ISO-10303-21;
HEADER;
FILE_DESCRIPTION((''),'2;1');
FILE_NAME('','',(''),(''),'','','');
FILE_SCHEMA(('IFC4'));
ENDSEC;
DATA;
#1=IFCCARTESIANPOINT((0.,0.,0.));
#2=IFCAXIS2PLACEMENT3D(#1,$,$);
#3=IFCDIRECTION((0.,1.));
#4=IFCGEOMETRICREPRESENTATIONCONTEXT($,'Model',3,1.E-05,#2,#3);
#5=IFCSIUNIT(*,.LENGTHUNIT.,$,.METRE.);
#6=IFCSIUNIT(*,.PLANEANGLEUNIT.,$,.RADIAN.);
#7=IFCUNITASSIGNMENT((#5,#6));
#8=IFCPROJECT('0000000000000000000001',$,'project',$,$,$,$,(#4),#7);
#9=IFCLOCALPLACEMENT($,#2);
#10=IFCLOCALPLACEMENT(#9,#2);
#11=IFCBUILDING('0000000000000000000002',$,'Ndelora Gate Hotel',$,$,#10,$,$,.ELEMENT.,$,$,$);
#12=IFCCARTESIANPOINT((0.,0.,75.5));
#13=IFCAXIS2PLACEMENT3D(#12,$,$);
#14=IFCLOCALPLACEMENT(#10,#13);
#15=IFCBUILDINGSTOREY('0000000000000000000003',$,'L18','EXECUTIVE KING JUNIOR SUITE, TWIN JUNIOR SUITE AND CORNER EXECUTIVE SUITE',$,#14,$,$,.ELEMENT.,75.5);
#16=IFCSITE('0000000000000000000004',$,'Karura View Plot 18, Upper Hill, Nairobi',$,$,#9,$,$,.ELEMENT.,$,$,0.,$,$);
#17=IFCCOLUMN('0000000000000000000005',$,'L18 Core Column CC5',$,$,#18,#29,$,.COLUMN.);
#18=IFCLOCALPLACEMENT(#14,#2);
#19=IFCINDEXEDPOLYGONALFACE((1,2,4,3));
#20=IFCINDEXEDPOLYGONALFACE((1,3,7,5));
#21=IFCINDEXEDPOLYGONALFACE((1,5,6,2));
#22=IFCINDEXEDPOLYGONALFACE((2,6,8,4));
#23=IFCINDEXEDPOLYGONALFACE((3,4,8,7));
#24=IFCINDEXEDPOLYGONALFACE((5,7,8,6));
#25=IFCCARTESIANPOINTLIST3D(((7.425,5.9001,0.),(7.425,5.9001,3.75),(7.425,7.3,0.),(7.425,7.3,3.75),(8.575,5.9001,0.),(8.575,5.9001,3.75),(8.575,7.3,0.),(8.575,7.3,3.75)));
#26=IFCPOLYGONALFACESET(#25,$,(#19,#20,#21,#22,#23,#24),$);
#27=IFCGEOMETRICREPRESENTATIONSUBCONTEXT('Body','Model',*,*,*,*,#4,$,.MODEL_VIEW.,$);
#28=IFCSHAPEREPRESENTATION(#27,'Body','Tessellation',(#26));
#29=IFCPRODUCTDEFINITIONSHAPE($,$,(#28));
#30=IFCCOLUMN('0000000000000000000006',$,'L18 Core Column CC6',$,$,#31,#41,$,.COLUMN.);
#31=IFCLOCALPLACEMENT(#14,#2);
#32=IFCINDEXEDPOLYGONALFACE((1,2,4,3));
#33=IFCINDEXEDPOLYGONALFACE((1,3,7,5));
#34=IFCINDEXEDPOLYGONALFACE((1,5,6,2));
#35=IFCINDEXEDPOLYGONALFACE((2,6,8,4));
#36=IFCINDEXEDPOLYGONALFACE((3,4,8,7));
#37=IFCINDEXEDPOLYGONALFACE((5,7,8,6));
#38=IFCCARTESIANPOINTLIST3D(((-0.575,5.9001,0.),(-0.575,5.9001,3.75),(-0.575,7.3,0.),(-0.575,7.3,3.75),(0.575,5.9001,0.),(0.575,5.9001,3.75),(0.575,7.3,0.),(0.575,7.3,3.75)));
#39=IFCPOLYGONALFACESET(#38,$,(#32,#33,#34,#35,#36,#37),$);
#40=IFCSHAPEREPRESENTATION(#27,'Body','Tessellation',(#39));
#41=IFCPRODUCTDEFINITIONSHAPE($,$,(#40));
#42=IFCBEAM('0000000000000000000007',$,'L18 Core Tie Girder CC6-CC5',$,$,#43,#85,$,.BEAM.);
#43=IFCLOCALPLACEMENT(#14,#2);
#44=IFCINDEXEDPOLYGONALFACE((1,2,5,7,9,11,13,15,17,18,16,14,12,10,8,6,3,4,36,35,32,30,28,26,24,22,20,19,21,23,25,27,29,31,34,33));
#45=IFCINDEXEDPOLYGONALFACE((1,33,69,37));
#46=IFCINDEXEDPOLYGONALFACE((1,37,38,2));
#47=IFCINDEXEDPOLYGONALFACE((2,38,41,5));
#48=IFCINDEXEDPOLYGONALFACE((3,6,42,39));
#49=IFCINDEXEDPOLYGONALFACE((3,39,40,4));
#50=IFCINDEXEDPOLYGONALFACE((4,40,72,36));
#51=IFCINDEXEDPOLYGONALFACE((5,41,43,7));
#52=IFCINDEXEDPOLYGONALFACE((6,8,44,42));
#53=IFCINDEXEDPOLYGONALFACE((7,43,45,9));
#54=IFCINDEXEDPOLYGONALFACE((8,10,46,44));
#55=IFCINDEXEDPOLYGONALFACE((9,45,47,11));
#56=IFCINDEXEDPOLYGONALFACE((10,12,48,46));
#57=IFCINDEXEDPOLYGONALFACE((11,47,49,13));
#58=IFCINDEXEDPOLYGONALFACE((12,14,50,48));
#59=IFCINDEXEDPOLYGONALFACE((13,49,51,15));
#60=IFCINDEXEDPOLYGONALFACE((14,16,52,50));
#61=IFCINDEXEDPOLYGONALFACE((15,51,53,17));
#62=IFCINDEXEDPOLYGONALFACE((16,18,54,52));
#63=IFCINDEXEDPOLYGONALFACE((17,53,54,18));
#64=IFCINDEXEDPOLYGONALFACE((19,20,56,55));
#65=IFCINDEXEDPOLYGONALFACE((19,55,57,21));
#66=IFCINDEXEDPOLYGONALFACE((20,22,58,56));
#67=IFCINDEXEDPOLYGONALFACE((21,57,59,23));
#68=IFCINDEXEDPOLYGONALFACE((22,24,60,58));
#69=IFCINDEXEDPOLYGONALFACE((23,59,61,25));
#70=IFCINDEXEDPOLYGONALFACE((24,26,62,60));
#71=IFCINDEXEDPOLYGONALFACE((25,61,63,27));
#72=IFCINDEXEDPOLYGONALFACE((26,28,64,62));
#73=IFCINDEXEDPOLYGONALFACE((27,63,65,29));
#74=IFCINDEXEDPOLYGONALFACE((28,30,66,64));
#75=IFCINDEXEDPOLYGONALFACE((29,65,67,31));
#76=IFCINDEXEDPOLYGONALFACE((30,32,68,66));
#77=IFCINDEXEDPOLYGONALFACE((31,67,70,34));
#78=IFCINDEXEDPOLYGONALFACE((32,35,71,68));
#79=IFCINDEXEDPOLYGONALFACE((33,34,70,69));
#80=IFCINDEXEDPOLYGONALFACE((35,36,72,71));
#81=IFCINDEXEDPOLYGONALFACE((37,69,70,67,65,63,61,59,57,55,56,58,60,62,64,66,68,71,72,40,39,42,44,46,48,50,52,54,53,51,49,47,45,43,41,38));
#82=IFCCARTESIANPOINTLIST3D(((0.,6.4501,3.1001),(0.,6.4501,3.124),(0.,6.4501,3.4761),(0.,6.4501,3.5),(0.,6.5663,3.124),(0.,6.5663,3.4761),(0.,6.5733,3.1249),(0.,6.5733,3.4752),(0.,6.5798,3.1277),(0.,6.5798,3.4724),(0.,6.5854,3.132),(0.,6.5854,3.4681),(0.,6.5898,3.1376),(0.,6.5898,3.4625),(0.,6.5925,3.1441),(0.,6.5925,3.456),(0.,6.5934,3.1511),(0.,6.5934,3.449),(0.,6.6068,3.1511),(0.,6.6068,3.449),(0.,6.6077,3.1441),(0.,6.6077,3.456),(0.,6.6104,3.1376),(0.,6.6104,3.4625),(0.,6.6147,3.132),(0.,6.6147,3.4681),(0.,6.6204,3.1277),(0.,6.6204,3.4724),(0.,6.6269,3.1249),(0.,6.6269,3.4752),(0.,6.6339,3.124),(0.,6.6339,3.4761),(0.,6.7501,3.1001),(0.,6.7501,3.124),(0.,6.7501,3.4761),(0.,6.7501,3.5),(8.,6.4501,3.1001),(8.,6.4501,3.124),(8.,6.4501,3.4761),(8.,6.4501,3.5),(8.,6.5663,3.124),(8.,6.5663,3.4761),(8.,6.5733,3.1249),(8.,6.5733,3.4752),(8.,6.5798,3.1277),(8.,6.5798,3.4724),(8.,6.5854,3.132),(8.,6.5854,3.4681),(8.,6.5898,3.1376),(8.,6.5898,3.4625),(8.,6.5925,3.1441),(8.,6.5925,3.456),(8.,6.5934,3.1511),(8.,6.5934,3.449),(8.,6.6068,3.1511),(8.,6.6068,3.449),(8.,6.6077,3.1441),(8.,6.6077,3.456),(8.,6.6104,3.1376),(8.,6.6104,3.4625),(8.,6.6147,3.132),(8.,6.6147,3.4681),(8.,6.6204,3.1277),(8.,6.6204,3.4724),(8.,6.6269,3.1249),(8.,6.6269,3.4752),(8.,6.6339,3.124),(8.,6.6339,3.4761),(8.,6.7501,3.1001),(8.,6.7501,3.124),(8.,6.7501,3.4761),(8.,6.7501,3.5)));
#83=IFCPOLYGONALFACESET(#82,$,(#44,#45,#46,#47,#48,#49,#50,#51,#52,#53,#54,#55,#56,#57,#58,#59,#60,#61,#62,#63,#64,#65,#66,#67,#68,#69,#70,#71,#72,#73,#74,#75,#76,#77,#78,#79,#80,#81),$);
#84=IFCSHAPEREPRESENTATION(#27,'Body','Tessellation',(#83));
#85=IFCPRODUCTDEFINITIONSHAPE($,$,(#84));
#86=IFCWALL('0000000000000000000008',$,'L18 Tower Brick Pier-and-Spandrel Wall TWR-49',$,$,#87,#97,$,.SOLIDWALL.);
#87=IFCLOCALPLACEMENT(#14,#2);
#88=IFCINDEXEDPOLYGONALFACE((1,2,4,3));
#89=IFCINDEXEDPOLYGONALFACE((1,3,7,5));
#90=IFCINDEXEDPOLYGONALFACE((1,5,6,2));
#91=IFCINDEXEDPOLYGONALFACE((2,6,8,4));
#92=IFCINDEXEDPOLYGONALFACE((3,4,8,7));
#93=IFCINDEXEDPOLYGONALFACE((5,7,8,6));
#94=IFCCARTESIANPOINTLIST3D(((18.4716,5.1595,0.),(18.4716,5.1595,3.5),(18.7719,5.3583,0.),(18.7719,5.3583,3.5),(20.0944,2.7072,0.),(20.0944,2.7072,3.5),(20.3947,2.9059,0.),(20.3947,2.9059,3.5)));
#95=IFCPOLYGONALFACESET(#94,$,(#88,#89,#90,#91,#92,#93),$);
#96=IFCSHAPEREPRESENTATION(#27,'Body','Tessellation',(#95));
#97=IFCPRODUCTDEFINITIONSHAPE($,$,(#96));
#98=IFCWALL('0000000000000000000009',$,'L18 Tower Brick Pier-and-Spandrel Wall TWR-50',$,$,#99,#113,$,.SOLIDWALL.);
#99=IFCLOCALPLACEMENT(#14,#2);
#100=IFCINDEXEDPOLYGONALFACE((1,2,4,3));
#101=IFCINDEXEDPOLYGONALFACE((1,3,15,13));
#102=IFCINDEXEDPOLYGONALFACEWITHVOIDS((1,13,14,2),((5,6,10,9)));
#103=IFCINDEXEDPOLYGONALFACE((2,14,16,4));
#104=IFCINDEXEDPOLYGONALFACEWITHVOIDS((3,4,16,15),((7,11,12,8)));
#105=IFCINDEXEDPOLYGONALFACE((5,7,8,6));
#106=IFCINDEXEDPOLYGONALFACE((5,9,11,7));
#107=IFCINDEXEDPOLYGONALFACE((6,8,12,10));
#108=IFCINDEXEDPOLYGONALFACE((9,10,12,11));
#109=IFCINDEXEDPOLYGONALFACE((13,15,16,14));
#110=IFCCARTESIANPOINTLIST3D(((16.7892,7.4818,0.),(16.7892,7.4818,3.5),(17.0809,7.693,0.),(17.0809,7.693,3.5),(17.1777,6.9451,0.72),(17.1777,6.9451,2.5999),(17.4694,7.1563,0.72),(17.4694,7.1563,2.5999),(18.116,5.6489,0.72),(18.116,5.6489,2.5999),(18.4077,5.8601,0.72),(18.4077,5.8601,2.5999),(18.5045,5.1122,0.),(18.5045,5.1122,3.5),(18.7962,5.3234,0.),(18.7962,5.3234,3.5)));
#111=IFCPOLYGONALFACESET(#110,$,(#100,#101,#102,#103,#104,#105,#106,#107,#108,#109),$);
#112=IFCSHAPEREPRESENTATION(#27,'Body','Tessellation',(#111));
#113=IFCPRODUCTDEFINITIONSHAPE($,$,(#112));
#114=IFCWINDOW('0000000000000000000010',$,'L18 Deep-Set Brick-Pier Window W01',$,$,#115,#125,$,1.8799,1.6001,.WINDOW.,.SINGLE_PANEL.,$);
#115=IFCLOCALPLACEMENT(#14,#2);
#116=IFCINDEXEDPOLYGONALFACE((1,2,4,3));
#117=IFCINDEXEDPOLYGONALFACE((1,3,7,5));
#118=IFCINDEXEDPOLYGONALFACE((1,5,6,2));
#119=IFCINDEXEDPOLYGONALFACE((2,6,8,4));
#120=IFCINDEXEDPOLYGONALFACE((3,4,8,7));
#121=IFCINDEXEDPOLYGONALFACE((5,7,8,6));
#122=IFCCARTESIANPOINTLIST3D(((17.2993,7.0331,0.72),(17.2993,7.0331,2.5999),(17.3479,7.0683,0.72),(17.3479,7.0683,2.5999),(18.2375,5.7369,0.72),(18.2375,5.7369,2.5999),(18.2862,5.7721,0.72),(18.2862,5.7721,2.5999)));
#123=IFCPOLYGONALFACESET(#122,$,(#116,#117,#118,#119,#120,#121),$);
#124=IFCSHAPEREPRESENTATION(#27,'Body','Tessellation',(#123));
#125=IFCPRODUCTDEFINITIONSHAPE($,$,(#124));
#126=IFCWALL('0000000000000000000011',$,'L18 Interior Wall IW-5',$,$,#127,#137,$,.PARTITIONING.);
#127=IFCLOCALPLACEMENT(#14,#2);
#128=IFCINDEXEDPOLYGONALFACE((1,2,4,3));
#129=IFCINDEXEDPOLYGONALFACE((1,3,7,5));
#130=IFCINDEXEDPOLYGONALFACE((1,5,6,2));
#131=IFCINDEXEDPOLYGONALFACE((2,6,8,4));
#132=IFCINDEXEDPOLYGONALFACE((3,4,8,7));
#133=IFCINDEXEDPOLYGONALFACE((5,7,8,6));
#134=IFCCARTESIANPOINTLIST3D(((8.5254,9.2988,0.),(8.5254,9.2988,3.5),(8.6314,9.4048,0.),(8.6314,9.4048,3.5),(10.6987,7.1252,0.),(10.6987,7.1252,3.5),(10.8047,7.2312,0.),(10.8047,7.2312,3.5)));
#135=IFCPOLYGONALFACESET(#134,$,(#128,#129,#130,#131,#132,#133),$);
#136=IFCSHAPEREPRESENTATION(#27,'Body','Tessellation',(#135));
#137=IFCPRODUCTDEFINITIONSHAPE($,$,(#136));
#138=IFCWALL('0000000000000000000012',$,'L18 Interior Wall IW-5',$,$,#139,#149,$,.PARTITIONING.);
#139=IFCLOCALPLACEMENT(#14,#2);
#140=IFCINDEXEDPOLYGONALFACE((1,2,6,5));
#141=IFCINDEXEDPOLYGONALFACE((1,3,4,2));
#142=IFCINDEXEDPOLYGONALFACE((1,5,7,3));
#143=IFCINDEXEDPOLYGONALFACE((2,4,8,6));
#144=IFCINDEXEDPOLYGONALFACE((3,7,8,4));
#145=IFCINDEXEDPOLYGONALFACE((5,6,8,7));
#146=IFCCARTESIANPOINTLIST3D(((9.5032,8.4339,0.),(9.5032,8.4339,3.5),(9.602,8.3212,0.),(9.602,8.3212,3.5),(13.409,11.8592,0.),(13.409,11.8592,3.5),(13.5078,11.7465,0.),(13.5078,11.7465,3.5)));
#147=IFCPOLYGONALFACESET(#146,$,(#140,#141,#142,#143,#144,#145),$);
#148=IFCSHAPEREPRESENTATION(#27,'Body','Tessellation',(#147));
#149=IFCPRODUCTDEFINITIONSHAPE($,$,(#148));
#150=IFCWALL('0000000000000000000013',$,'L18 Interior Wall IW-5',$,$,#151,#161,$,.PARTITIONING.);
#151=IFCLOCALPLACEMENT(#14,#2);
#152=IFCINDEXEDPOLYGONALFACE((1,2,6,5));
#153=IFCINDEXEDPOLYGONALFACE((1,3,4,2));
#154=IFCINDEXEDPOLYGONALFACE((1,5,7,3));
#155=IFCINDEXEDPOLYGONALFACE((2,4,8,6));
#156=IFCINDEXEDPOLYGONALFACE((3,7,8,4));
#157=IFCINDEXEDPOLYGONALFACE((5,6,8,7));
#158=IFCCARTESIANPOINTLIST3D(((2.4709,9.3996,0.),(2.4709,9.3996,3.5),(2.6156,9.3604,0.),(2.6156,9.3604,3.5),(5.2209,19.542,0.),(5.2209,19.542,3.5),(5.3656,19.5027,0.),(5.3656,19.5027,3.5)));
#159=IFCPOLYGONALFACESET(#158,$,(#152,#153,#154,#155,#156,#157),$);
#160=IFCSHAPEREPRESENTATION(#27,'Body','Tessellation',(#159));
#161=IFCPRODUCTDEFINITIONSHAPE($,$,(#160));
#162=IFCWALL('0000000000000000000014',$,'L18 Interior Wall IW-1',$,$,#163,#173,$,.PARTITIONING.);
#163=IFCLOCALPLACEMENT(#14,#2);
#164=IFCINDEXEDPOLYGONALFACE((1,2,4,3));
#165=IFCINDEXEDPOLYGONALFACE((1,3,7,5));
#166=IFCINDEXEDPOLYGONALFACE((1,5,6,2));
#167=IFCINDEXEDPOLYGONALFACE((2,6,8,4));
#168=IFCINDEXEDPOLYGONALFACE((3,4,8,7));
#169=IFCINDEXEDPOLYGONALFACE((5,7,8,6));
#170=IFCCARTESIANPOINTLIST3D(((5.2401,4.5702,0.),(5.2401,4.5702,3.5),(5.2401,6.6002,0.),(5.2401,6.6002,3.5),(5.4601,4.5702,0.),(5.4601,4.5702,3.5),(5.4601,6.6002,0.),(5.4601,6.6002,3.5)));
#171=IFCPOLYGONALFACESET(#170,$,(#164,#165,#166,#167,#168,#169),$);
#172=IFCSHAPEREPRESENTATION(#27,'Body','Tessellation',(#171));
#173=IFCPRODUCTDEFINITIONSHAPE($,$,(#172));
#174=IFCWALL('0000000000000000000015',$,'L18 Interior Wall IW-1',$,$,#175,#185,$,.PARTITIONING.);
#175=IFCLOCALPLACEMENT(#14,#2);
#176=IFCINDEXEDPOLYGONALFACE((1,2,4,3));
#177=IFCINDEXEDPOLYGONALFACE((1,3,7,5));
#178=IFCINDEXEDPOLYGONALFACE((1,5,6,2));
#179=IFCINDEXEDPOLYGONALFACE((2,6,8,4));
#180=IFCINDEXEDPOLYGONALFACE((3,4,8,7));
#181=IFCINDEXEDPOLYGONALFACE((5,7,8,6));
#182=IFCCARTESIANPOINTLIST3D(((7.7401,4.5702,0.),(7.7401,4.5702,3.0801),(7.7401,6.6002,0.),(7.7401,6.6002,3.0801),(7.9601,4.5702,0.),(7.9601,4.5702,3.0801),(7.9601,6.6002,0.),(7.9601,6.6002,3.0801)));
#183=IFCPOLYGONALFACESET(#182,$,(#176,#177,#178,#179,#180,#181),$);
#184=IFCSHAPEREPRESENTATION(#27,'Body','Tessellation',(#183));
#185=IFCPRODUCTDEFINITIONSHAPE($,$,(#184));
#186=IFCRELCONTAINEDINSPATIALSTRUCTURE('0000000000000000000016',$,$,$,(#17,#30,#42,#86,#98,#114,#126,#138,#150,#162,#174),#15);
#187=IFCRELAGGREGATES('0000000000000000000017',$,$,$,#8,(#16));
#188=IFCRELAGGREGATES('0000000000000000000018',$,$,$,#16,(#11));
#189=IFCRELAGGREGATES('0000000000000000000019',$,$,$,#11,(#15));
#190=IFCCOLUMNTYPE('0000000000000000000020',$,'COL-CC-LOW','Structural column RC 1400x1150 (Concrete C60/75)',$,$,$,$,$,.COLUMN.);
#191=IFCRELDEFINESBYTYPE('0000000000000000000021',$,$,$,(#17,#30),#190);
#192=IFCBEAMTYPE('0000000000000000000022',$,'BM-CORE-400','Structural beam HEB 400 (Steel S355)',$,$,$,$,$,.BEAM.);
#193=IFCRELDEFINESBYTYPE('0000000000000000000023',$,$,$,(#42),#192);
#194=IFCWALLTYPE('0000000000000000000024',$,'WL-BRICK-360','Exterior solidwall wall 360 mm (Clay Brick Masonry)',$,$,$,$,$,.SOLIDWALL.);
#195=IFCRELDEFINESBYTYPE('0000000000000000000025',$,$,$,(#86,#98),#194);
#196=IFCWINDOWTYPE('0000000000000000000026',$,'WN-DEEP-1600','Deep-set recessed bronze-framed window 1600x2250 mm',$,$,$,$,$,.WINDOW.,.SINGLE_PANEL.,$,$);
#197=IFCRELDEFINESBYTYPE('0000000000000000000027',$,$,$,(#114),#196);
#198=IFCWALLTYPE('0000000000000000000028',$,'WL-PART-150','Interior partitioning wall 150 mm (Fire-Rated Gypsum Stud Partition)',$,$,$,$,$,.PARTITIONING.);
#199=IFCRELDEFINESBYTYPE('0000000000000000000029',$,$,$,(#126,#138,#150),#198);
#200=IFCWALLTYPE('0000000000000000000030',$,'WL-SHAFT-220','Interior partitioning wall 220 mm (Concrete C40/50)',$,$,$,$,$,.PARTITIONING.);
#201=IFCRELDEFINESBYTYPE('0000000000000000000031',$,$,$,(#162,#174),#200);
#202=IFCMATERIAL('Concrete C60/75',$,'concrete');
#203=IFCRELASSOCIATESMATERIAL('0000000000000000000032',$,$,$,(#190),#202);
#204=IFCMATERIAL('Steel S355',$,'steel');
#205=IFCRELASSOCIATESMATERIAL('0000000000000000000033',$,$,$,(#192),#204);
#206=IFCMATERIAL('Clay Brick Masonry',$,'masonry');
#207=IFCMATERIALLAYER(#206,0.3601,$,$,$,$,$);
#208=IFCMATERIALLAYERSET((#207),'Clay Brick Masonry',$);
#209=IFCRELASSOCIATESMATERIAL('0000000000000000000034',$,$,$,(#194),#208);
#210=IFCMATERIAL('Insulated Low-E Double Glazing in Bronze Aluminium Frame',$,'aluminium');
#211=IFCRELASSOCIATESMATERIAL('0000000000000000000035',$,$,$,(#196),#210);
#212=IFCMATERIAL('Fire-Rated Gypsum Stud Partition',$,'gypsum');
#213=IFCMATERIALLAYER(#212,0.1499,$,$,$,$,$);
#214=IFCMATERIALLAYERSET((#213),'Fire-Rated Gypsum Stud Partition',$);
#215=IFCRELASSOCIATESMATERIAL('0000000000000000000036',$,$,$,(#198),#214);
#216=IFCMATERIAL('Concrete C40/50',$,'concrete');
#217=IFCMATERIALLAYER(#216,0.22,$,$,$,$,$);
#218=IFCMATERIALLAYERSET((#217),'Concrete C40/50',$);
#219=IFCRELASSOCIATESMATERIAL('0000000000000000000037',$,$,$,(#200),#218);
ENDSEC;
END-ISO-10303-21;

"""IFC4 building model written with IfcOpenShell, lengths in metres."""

from ifc_helpers import new_model, si_unit, direction, frame, frame_2d, origin, origin_2d, place, context, subcontext, project, spatial, rectangle, i_section, extrude, material, layer, layer_set, material_profile, profile_set, type_object, element, fill, save


model = new_model("IFC4")

# Units and contexts
model_context = context("Model", 3, precision=1e-05, world=origin(), true_north=direction((0.0, 1.0)))
body_context = subcontext(model_context, "Body", "Model", "MODEL_VIEW")
ifc_project = project(units=[si_unit("LENGTHUNIT", "METRE"), si_unit("PLANEANGLEUNIT", "RADIAN")], contexts=[model_context])

# Site, building, storey
site_placement = place(None, origin())
site = spatial("IfcSite", under=ifc_project, at=site_placement, Name="Karura View Plot 18, Upper Hill, Nairobi", CompositionType="ELEMENT", RefElevation=0.0)
building_placement = place(site_placement, origin())
building = spatial("IfcBuilding", under=site, at=building_placement, Name="Ndelora Gate Hotel", CompositionType="ELEMENT")
storey_placement = place(building_placement, frame((0.0, 0.0, 75.5)))
storey = spatial("IfcBuildingStorey", under=building, at=storey_placement, Name="L18", Description="EXECUTIVE KING JUNIOR SUITE, TWIN JUNIOR SUITE AND CORNER EXECUTIVE SUITE", CompositionType="ELEMENT", Elevation=75.5)

# Columns
ifc_material_1 = material(Name="Concrete C60/75", Category="concrete")
ifc_material_profile_1 = material_profile(ifc_material_1, rectangle(XDim=1.1499, YDim=1.3999, at=origin_2d()), Name="RC 1400x1150")
ifc_profile_set_1 = profile_set([ifc_material_profile_1], Name="Concrete C60/75")
column_type = type_object("IfcColumnType", Name="COL-CC-LOW", Description="Structural column RC 1400x1150 (Concrete C60/75)", PredefinedType="COLUMN", material=ifc_profile_set_1)
for number, where, z_axis, x_axis, name in (
    (1, (8.0, 6.6001, 0.0), (0.0, 0.0, 1.0), (1.0, 0.0, 0.0), "L18 Core Column CC5"),
    (2, (0.0, 6.6001, 0.0), (0.0, 0.0, 1.0), (1.0, 0.0, 0.0), "L18 Core Column CC6"),
):
    element("IfcColumn", number, at=place(storey_placement, frame(where, z_axis=z_axis, x_axis=x_axis)), inside=storey, type_object=column_type, Name=name, PredefinedType="COLUMN", context=body_context, shape_type="SweptSolid", body=[
        extrude(rectangle(XDim=1.1499, YDim=1.3999, at=origin_2d()), origin(), (0.0, 0.0, 1.0), 3.75),
    ])

# Beam
ifc_material_2 = material(Name="Steel S355", Category="steel")
ifc_material_profile_2 = material_profile(ifc_material_2, i_section(OverallWidth=0.3, OverallDepth=0.3999, WebThickness=0.0134, FlangeThickness=0.0239, FilletRadius=0.0271, at=origin_2d()), Name="HEB 400")
ifc_profile_set_2 = profile_set([ifc_material_profile_2], Name="Steel S355")
beam_type = type_object("IfcBeamType", Name="BM-CORE-400", Description="Structural beam HEB 400 (Steel S355)", PredefinedType="BEAM", material=ifc_profile_set_2)
beam_placement = place(storey_placement, frame((0.0, 6.6001, 3.3), z_axis=(1.0, 0.0, 0.0), x_axis=(0.0, 1.0, 0.0)))
element("IfcBeam", 3, at=beam_placement, inside=storey, type_object=beam_type, Name="L18 Core Tie Girder CC6-CC5", PredefinedType="BEAM", context=body_context, shape_type="SweptSolid", body=[
    extrude(i_section(OverallWidth=0.3, OverallDepth=0.3999, WebThickness=0.0134, FlangeThickness=0.0239, FilletRadius=0.0271, at=origin_2d()), origin(), (0.0, 0.0, 1.0), 8.0),
])

# Wall
ifc_material_3 = material(Name="Clay Brick Masonry", Category="masonry")
ifc_layer_1 = layer(ifc_material_3, 0.3601)
ifc_layer_set_1 = layer_set([ifc_layer_1], Name="Clay Brick Masonry")
wall_type_1 = type_object("IfcWallType", Name="WL-BRICK-360", Description="Exterior solidwall wall 360 mm (Clay Brick Masonry)", PredefinedType="SOLIDWALL", material=ifc_layer_set_1)
wall_1_placement = place(storey_placement, frame((18.6218, 5.2588, 0.0), z_axis=(0.0, 0.0, 1.0), x_axis=(0.551842, -0.833948, 0.0)))
element("IfcWall", 4, at=wall_1_placement, inside=storey, type_object=wall_type_1, Name="L18 Tower Brick Pier-and-Spandrel Wall TWR-49", PredefinedType="SOLIDWALL", context=body_context, shape_type="SweptSolid", body=[
    extrude(rectangle(XDim=2.9407, YDim=0.3601, at=frame_2d((1.4702, 0.0))), origin(), (0.0, 0.0, 1.0), 3.5),
])

# Wall, opening, window
wall_2_placement = place(storey_placement, frame((16.9351, 7.5874, 0.0), z_axis=(0.0, 0.0, 1.0), x_axis=(0.586374, -0.810041, 0.0)))
wall_2 = element("IfcWall", 5, at=wall_2_placement, inside=storey, type_object=wall_type_1, Name="L18 Tower Brick Pier-and-Spandrel Wall TWR-50", PredefinedType="SOLIDWALL", context=body_context, shape_type="SweptSolid", body=[
    extrude(rectangle(XDim=2.9253, YDim=0.3601, at=frame_2d((1.4626, 0.0))), origin(), (0.0, 0.0, 1.0), 3.5),
])
opening_1_placement = place(wall_2_placement, frame((0.6626, 0.0, 0.72)))
opening_1 = element("IfcOpeningElement", 6, at=opening_1_placement, cuts=wall_2, PredefinedType="OPENING", context=body_context, shape_type="SweptSolid", body=[
    extrude(rectangle(XDim=1.6001, YDim=1.8799, at=frame_2d((0.8, 0.9399))), frame((0.0, 0.1899, 0.0), z_axis=(0.0, -1.0, 0.0), x_axis=(1.0, 0.0, 0.0)), (0.0, 0.0, 1.0), 0.3801),
])
ifc_material_4 = material(Name="Insulated Low-E Double Glazing in Bronze Aluminium Frame", Category="aluminium")
window_type = type_object("IfcWindowType", Name="WN-DEEP-1600", Description="Deep-set recessed bronze-framed window 1600x2250 mm", PartitioningType="SINGLE_PANEL", PredefinedType="WINDOW", material=ifc_material_4)
window_placement = place(opening_1_placement, origin())
window = element("IfcWindow", 7, at=window_placement, inside=storey, type_object=window_type, Name="L18 Deep-Set Brick-Pier Window W01", OverallHeight=1.8799, OverallWidth=1.6001, PartitioningType="SINGLE_PANEL", PredefinedType="WINDOW", context=body_context, shape_type="SweptSolid", body=[
    extrude(rectangle(XDim=1.6001, YDim=1.8799, at=frame_2d((0.8, 0.9399))), frame((0.0, 0.03, 0.0), z_axis=(0.0, -1.0, 0.0), x_axis=(1.0, 0.0, 0.0)), (0.0, 0.0, 1.0), 0.0601),
])
fill(opening_1, window)

# Shared definitions
ifc_material_5 = material(Name="Fire-Rated Gypsum Stud Partition", Category="gypsum")
ifc_layer_2 = layer(ifc_material_5, 0.1499)
ifc_layer_set_2 = layer_set([ifc_layer_2], Name="Fire-Rated Gypsum Stud Partition")
wall_type_2 = type_object("IfcWallType", Name="WL-PART-150", Description="Interior partitioning wall 150 mm (Fire-Rated Gypsum Stud Partition)", PredefinedType="PARTITIONING", material=ifc_layer_set_2)

# Walls
wall_3_placement = place(storey_placement, frame((8.5784, 9.3518, 0.0), z_axis=(0.0, 0.0, 1.0), x_axis=(0.707067, -0.707146, 0.0)))
element("IfcWall", 8, at=wall_3_placement, inside=storey, type_object=wall_type_2, Name="L18 Interior Wall IW-5", PredefinedType="PARTITIONING", context=body_context, shape_type="SweptSolid", body=[
    extrude(rectangle(XDim=3.0737, YDim=0.1499, at=frame_2d((1.5369, 0.0))), origin(), (0.0, 0.0, 1.0), 3.5),
])
wall_4_placement = place(storey_placement, frame((9.5525, 8.3774, 0.0), z_axis=(0.0, 0.0, 1.0), x_axis=(0.751837, 0.659349, 0.0)))
element("IfcWall", 9, at=wall_4_placement, inside=storey, type_object=wall_type_2, Name="L18 Interior Wall IW-5", PredefinedType="PARTITIONING", context=body_context, shape_type="SweptSolid", body=[
    extrude(rectangle(XDim=5.1951, YDim=0.1499, at=frame_2d((2.5977, 0.0))), origin(), (0.0, 0.0, 1.0), 3.5),
])
wall_5_placement = place(storey_placement, frame((2.5432, 9.3799, 0.0), z_axis=(0.0, 0.0, 1.0), x_axis=(0.261692, 0.965151, 0.0)))
element("IfcWall", 10, at=wall_5_placement, inside=storey, type_object=wall_type_2, Name="L18 Interior Wall IW-5", PredefinedType="PARTITIONING", context=body_context, shape_type="SweptSolid", body=[
    extrude(rectangle(XDim=10.5085, YDim=0.1499, at=frame_2d((5.2544, 0.0))), origin(), (0.0, 0.0, 1.0), 3.5),
])

# Shared definitions
ifc_material_6 = material(Name="Concrete C40/50", Category="concrete")
ifc_layer_3 = layer(ifc_material_6, 0.22)
ifc_layer_set_3 = layer_set([ifc_layer_3], Name="Concrete C40/50")
wall_type_3 = type_object("IfcWallType", Name="WL-SHAFT-220", Description="Interior partitioning wall 220 mm (Concrete C40/50)", PredefinedType="PARTITIONING", material=ifc_layer_set_3)

# Walls
wall_6_placement = place(storey_placement, frame((5.3501, 4.5701, 0.0), z_axis=(0.0, 0.0, 1.0), x_axis=(0.0, 1.0, 0.0)))
element("IfcWall", 11, at=wall_6_placement, inside=storey, type_object=wall_type_3, Name="L18 Interior Wall IW-1", PredefinedType="PARTITIONING", context=body_context, shape_type="SweptSolid", body=[
    extrude(rectangle(XDim=2.03, YDim=0.22, at=frame_2d((1.0151, 0.0))), origin(), (0.0, 0.0, 1.0), 3.5),
])
wall_7_placement = place(storey_placement, frame((7.8501, 4.5701, 0.0), z_axis=(0.0, 0.0, 1.0), x_axis=(0.0, 1.0, 0.0)))
element("IfcWall", 12, at=wall_7_placement, inside=storey, type_object=wall_type_3, Name="L18 Interior Wall IW-1", PredefinedType="PARTITIONING", context=body_context, shape_type="SweptSolid", body=[
    extrude(rectangle(XDim=2.03, YDim=0.22, at=frame_2d((1.0151, 0.0))), origin(), (0.0, 0.0, 1.0), 3.0801),
])

save(model, "model.ifc")
